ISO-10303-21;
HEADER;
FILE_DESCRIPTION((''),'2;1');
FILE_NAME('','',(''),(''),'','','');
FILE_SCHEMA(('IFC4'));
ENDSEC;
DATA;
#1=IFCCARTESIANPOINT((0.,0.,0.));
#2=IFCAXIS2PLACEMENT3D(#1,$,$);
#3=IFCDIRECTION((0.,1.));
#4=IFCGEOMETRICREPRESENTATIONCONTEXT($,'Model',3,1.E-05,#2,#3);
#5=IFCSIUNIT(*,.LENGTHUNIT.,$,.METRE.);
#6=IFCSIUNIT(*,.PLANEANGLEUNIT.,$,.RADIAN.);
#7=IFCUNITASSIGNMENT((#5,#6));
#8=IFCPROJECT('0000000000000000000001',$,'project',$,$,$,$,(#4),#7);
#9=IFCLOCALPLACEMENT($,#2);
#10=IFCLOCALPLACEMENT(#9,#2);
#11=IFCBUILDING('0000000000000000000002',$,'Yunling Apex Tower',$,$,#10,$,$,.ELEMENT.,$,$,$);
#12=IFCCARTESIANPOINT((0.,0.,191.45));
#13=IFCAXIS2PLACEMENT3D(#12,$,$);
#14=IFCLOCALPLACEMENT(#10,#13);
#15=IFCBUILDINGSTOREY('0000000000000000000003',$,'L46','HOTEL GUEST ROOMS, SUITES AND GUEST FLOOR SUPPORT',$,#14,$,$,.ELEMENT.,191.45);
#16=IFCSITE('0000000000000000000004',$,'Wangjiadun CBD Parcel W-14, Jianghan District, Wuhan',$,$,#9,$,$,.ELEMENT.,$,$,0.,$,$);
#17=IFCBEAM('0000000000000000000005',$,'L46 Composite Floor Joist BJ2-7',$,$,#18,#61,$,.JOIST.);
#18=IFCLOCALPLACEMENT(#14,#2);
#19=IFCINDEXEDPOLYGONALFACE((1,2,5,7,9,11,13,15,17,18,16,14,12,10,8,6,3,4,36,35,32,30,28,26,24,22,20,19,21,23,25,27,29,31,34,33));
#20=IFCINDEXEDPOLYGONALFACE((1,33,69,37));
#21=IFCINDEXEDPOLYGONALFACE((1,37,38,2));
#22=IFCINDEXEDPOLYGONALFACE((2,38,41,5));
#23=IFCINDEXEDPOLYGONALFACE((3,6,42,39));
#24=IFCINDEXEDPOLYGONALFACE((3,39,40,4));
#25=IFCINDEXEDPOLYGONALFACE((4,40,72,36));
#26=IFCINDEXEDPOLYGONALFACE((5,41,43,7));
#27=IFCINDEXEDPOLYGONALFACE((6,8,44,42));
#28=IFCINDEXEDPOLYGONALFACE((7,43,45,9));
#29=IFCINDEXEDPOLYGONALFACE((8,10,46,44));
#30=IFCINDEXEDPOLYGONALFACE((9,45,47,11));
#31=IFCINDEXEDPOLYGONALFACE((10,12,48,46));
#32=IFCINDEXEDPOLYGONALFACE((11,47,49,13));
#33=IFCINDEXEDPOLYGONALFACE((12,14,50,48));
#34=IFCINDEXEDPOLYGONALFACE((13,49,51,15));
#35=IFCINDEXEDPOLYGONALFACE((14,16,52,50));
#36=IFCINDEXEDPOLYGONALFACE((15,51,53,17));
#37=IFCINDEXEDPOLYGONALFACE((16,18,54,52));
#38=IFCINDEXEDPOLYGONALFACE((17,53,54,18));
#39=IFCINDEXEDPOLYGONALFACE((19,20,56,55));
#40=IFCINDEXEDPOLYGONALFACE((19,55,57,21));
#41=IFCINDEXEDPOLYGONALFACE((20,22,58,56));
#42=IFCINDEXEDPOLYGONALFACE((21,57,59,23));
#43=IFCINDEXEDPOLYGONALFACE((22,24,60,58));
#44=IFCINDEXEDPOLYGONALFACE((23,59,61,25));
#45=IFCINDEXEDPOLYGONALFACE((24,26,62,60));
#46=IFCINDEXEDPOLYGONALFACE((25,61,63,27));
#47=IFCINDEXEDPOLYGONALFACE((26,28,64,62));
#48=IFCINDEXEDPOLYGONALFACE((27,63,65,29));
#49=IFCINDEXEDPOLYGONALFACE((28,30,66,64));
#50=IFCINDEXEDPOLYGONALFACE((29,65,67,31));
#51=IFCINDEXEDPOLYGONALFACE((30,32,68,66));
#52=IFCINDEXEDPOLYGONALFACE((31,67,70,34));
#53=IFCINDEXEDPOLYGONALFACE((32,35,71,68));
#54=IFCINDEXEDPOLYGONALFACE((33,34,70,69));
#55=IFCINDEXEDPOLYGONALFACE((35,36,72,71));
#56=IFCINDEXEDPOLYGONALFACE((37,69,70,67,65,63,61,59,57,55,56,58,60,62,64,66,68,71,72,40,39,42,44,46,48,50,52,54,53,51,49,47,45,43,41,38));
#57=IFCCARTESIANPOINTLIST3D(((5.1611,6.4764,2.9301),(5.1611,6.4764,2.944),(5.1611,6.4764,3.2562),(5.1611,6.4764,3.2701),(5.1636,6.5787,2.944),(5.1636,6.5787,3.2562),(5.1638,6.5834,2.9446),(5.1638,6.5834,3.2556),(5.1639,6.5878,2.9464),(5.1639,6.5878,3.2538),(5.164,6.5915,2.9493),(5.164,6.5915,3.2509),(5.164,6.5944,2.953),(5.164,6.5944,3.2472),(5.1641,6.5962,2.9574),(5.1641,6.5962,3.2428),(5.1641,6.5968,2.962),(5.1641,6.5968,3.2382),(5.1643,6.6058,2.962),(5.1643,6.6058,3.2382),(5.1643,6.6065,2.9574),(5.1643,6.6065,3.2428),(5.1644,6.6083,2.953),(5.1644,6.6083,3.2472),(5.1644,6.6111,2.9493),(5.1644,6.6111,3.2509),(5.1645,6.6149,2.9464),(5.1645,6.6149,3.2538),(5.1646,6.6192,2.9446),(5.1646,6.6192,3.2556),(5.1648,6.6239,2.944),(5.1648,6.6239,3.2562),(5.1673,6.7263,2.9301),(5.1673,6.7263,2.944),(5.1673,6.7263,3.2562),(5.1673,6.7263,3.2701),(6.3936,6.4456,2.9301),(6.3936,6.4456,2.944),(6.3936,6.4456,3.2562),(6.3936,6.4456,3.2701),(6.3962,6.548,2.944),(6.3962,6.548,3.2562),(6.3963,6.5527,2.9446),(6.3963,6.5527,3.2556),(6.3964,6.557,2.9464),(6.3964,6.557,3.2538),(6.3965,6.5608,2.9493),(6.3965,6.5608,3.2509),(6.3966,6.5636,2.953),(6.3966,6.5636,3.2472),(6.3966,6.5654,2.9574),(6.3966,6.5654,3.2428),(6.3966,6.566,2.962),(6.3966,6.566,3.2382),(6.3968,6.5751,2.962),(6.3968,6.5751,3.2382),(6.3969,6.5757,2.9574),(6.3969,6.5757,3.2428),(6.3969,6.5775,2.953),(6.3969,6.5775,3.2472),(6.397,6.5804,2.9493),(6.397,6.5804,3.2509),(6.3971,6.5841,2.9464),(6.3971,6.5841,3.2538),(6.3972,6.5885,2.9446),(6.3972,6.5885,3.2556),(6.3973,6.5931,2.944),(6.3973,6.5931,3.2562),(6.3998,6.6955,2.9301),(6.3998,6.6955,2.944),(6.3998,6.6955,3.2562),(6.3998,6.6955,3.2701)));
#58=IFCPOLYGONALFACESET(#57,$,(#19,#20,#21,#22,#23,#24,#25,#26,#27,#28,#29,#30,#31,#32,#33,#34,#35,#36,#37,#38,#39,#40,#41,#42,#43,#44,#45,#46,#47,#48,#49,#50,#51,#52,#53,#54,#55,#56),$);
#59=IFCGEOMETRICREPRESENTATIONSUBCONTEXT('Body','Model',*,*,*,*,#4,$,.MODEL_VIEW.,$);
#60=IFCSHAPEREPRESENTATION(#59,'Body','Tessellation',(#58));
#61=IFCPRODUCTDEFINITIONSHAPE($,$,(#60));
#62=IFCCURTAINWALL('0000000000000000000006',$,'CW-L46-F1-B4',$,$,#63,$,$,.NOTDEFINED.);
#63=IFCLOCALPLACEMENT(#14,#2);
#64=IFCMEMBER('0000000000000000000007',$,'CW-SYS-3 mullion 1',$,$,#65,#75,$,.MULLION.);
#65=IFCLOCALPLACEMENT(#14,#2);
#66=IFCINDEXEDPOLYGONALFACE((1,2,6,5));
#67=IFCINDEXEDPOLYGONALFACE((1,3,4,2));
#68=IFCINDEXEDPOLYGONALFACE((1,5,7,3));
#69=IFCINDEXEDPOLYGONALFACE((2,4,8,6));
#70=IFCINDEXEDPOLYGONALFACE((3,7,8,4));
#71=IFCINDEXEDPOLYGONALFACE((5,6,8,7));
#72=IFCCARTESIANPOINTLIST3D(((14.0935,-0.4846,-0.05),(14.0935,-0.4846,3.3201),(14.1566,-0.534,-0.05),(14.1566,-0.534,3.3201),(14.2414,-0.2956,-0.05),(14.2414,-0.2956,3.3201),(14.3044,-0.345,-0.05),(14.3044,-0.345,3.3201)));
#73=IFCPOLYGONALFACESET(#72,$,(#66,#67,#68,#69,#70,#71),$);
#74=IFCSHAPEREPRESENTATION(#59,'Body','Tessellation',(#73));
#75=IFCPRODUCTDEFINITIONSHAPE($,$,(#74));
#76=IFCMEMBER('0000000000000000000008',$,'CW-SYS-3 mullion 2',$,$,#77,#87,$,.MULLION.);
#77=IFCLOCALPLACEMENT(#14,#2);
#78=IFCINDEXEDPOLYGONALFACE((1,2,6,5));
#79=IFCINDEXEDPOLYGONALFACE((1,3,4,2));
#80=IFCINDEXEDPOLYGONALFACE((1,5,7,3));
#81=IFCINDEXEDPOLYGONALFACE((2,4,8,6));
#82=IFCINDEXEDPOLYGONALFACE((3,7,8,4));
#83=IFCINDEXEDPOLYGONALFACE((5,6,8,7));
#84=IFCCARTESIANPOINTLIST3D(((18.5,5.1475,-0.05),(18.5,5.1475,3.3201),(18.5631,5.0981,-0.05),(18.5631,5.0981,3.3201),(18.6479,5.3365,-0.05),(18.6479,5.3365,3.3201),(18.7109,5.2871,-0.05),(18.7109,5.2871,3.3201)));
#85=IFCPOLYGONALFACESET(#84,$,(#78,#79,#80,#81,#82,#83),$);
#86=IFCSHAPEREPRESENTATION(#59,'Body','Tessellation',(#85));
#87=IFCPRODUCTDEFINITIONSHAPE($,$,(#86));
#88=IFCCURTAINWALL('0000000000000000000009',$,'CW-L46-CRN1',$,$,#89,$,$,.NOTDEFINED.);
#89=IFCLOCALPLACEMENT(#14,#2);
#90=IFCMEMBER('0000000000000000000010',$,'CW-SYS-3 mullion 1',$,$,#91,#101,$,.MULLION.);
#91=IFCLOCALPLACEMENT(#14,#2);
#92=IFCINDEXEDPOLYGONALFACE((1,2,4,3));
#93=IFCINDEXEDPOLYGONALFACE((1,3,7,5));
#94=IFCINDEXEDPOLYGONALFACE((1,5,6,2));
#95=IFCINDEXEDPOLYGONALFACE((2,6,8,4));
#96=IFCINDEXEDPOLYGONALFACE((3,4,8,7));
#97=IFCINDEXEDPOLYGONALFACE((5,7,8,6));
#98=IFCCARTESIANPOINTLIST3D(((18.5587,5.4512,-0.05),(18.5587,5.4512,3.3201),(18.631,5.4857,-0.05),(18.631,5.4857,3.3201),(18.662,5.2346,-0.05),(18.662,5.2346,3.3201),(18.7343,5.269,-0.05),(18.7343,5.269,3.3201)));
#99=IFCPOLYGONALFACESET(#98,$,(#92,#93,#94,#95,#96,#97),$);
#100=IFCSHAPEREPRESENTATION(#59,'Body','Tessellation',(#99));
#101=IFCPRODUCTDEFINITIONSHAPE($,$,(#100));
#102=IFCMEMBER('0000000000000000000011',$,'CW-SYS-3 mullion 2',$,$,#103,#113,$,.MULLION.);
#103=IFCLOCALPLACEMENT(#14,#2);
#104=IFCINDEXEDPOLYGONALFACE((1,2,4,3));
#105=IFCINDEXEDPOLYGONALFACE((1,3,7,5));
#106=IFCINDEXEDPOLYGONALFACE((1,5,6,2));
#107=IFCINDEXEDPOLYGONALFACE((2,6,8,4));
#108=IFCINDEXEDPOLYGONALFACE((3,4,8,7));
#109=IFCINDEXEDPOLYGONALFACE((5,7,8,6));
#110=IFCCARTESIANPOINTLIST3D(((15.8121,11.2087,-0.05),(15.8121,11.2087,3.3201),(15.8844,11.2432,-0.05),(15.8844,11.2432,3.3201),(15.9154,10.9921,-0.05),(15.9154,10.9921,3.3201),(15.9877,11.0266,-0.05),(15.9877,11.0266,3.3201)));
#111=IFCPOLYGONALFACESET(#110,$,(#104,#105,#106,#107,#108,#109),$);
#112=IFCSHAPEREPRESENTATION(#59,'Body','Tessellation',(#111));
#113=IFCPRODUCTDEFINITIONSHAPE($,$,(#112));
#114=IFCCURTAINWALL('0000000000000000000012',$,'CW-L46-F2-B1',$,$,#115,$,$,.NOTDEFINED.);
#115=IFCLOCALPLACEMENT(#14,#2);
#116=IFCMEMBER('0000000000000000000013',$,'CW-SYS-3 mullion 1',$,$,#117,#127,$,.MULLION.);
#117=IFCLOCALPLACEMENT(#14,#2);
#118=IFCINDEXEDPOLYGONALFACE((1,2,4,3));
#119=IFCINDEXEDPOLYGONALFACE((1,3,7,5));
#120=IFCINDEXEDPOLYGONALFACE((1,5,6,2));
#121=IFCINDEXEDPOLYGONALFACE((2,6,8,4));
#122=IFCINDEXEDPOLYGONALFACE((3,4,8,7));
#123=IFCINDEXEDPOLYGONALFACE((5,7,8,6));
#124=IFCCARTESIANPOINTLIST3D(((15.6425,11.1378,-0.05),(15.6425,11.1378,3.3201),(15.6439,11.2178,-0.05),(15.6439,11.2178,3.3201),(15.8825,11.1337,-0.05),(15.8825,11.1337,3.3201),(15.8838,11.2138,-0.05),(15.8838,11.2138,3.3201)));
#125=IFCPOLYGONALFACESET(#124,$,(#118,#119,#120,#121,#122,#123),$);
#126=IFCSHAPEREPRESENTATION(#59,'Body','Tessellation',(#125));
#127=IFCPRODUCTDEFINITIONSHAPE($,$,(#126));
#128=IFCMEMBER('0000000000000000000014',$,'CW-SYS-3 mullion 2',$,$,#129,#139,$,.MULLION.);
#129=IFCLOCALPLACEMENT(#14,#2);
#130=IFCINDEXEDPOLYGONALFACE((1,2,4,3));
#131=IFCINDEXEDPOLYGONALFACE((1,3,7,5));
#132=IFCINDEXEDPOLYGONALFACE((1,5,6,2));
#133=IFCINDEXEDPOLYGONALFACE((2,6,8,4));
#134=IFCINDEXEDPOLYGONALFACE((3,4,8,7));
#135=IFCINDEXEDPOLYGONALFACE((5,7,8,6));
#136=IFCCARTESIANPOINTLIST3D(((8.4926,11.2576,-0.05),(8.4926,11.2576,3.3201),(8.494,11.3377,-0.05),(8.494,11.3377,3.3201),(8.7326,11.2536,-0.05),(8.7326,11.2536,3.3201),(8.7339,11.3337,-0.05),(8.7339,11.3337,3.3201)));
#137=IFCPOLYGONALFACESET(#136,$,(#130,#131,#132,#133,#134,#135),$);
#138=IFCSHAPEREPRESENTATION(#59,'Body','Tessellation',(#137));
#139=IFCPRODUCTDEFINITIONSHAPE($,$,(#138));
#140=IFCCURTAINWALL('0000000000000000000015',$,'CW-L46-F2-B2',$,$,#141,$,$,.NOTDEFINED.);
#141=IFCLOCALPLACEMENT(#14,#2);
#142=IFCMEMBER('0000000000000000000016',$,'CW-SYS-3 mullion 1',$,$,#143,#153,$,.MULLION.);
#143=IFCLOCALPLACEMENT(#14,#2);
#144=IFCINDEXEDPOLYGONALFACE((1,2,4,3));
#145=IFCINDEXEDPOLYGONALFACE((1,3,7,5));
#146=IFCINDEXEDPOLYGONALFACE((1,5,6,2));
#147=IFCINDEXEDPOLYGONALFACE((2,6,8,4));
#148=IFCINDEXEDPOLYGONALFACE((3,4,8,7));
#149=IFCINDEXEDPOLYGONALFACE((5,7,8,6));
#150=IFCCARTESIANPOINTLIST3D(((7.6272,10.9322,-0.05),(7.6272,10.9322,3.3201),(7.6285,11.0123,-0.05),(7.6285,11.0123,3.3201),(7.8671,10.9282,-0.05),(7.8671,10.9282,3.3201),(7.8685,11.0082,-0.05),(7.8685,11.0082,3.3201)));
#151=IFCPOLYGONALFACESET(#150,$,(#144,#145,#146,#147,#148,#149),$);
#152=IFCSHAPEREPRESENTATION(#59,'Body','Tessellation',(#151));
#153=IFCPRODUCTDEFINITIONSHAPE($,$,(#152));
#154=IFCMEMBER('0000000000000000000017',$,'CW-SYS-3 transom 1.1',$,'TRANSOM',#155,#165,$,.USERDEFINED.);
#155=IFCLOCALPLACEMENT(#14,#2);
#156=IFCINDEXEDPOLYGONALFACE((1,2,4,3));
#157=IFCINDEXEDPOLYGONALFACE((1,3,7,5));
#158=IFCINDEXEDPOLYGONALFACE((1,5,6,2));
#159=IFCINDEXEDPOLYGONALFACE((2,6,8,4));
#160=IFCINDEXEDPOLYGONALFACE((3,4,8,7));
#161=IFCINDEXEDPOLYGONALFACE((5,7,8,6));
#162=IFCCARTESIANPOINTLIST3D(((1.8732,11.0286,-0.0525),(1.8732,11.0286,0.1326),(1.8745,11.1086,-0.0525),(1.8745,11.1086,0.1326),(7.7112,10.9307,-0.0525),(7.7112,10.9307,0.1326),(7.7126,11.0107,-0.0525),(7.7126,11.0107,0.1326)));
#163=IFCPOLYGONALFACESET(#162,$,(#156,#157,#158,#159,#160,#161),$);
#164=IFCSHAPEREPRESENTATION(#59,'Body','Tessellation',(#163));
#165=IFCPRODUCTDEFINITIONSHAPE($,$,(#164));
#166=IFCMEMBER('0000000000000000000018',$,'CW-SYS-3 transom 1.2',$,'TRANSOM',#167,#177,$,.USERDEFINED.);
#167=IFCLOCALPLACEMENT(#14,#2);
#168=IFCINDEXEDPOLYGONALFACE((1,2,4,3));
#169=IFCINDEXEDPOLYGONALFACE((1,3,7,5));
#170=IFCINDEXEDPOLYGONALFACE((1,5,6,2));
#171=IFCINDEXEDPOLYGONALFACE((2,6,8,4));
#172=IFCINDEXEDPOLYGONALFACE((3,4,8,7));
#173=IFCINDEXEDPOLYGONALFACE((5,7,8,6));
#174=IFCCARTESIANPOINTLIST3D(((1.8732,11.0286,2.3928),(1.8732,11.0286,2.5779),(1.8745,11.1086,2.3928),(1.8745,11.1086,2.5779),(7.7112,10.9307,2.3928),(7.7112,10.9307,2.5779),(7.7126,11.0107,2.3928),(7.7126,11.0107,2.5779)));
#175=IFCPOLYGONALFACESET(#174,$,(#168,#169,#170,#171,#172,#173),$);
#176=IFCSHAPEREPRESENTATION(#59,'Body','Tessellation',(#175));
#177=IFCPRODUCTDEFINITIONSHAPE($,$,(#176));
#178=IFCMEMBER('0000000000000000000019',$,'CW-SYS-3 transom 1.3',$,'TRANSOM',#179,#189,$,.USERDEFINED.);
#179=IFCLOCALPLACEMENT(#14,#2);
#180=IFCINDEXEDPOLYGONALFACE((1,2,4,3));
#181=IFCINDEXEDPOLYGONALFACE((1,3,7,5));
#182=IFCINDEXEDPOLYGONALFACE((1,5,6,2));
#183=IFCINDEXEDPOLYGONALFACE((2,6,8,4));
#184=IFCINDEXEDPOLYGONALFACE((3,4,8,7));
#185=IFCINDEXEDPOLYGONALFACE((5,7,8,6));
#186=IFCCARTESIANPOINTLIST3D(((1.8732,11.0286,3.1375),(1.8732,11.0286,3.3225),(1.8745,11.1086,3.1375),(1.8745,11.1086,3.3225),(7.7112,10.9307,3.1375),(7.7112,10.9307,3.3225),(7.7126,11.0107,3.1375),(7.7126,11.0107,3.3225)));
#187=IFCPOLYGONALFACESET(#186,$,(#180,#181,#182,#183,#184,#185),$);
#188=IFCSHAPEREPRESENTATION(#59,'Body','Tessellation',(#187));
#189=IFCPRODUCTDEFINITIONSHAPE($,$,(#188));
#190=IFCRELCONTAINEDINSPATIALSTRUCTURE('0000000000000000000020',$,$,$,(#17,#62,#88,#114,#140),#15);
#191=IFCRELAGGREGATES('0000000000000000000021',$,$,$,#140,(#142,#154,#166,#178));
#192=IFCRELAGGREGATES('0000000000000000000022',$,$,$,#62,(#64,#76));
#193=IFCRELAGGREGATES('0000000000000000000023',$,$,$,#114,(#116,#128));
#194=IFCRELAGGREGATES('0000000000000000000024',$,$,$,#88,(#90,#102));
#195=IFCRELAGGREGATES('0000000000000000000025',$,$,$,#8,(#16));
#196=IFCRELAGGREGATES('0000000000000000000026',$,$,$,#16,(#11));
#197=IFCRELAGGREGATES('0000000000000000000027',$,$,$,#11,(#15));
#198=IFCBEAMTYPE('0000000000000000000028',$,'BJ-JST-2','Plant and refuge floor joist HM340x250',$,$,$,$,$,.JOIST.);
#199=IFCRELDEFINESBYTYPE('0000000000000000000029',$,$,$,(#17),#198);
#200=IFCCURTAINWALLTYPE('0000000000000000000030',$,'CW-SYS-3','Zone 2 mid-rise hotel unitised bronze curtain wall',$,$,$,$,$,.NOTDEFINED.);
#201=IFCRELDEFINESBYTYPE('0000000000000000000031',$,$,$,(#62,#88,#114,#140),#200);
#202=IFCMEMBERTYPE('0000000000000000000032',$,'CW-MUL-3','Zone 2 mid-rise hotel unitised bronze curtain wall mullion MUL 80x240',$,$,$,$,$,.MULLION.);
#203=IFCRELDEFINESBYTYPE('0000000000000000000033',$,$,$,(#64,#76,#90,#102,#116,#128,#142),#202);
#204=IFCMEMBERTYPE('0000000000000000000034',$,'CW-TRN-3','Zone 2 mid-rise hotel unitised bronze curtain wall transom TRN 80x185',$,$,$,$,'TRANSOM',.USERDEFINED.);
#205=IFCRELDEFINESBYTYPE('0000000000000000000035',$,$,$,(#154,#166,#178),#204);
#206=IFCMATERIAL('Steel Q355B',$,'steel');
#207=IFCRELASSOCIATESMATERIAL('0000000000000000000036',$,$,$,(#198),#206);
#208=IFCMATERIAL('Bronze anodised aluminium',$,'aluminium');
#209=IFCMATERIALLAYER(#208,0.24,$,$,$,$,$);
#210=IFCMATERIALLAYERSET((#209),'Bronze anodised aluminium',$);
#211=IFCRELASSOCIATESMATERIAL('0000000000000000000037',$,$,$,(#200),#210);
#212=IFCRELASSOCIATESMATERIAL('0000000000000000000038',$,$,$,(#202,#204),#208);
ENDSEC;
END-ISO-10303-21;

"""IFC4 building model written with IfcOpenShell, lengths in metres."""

from ifc_helpers import new_model, si_unit, direction, frame, origin, origin_2d, place, context, subcontext, project, spatial, rectangle, i_section, extrude, source, transform, mapped, material, layer, layer_set, material_profile, profile_set, type_object, element, aggregate, save


model = new_model("IFC4")

# Units and contexts
model_context = context("Model", 3, precision=1e-05, world=origin(), true_north=direction((0.0, 1.0)))
body_context = subcontext(model_context, "Body", "Model", "MODEL_VIEW")
ifc_project = project(units=[si_unit("LENGTHUNIT", "METRE"), si_unit("PLANEANGLEUNIT", "RADIAN")], contexts=[model_context])

# Site, building, storey
site_placement = place(None, origin())
site = spatial("IfcSite", under=ifc_project, at=site_placement, Name="Wangjiadun CBD Parcel W-14, Jianghan District, Wuhan", CompositionType="ELEMENT", RefElevation=0.0)
building_placement = place(site_placement, origin())
building = spatial("IfcBuilding", under=site, at=building_placement, Name="Yunling Apex Tower", CompositionType="ELEMENT")
storey_placement = place(building_placement, frame((0.0, 0.0, 191.45)))
storey = spatial("IfcBuildingStorey", under=building, at=storey_placement, Name="L46", Description="HOTEL GUEST ROOMS, SUITES AND GUEST FLOOR SUPPORT", CompositionType="ELEMENT", Elevation=191.45)

# Beam
ifc_material_1 = material(Name="Steel Q355B", Category="steel")
ifc_material_profile_1 = material_profile(ifc_material_1, i_section(OverallWidth=0.25, OverallDepth=0.3401, WebThickness=0.009, FlangeThickness=0.0139, FilletRadius=0.0181, at=origin_2d()))
ifc_profile_set_1 = profile_set([ifc_material_profile_1], Name="Steel Q355B")
beam_type_1 = type_object("IfcBeamType", Name="BJ-JST-2", Description="Plant and refuge floor joist HM340x250", PredefinedType="JOIST", material=ifc_profile_set_1)
shared_shape_1 = source(origin(), body_context, "Body", "SweptSolid", [
    extrude(i_section(OverallWidth=0.25, OverallDepth=0.3401, WebThickness=0.009, FlangeThickness=0.0139, FilletRadius=0.0181, at=origin_2d()), origin(), (0.0, 0.0, 1.0), 1.2329),
])
beam_1_placement = place(storey_placement, frame((6.3967, 6.5706, 3.1001), z_axis=(-0.999689, 0.024953, 0.0), x_axis=(-0.024953, -0.999689, 0.0)))
element("IfcBeam", 1, at=beam_1_placement, inside=storey, type_object=beam_type_1, Name="L46 Composite Floor Joist BJ2-7", PredefinedType="JOIST", context=body_context, shape_type="MappedRepresentation", body=[
    mapped(shared_shape_1, transform((0.0, 0.0, 0.0), scale=1.0)),
])

# Curtain walls, members
ifc_material_2 = material(Name="Bronze anodised aluminium", Category="aluminium")
ifc_layer_1 = layer(ifc_material_2, 0.24)
ifc_layer_set_1 = layer_set([ifc_layer_1], Name="Bronze anodised aluminium")
curtain_wall_type = type_object("IfcCurtainWallType", Name="CW-SYS-3", Description="Zone 2 mid-rise hotel unitised bronze curtain wall", PredefinedType="NOTDEFINED", material=ifc_layer_set_1)
curtain_wall_1_placement = place(storey_placement, origin())
curtain_wall_1 = element("IfcCurtainWall", 2, at=curtain_wall_1_placement, inside=storey, type_object=curtain_wall_type, Name="CW-L46-F1-B4", PredefinedType="NOTDEFINED")
ifc_material_profile_2 = material_profile(ifc_material_2, rectangle(XDim=0.0801, YDim=0.24, at=origin_2d()))
ifc_profile_set_2 = profile_set([ifc_material_profile_2], Name="Bronze anodised aluminium")
member_type_1 = type_object("IfcMemberType", Name="CW-MUL-3", Description="Zone 2 mid-rise hotel unitised bronze curtain wall mullion MUL 80x240", PredefinedType="MULLION", material=ifc_profile_set_2)
shared_shape_2 = source(origin(), body_context, "Body", "SweptSolid", [
    extrude(rectangle(XDim=0.0801, YDim=0.24, at=origin_2d()), origin(), (0.0, 0.0, 1.0), 3.3701),
])
member_1_placement = place(storey_placement, frame((14.199, -0.4148, -0.05), z_axis=(0.0, 0.0, 1.0), x_axis=(-0.787589, 0.6162, 0.0)))
member_1 = element("IfcMember", 3, at=member_1_placement, type_object=member_type_1, Name="CW-SYS-3 mullion 1", PredefinedType="MULLION", context=body_context, shape_type="MappedRepresentation", body=[
    mapped(shared_shape_2, transform((0.0, 0.0, 0.0), scale=1.0)),
])
member_2_placement = place(storey_placement, frame((18.6055, 5.2173, -0.05), z_axis=(0.0, 0.0, 1.0), x_axis=(-0.787589, 0.6162, 0.0)))
member_2 = element("IfcMember", 4, at=member_2_placement, type_object=member_type_1, Name="CW-SYS-3 mullion 2", PredefinedType="MULLION", context=body_context, shape_type="MappedRepresentation", body=[
    mapped(shared_shape_2, transform((0.0, 0.0, 0.0), scale=1.0)),
])
curtain_wall_2_placement = place(storey_placement, origin())
curtain_wall_2 = element("IfcCurtainWall", 5, at=curtain_wall_2_placement, inside=storey, type_object=curtain_wall_type, Name="CW-L46-CRN1", PredefinedType="NOTDEFINED")
member_3_placement = place(storey_placement, frame((18.6465, 5.3601, -0.05), z_axis=(0.0, 0.0, 1.0), x_axis=(-0.902578, -0.430527, 0.0)))
member_3 = element("IfcMember", 6, at=member_3_placement, type_object=member_type_1, Name="CW-SYS-3 mullion 1", PredefinedType="MULLION", context=body_context, shape_type="MappedRepresentation", body=[
    mapped(shared_shape_2, transform((0.0, 0.0, 0.0), scale=1.0)),
])
member_4_placement = place(storey_placement, frame((15.8999, 11.1177, -0.05), z_axis=(0.0, 0.0, 1.0), x_axis=(-0.902578, -0.430527, 0.0)))
member_4 = element("IfcMember", 7, at=member_4_placement, type_object=member_type_1, Name="CW-SYS-3 mullion 2", PredefinedType="MULLION", context=body_context, shape_type="MappedRepresentation", body=[
    mapped(shared_shape_2, transform((0.0, 0.0, 0.0), scale=1.0)),
])
curtain_wall_3_placement = place(storey_placement, origin())
curtain_wall_3 = element("IfcCurtainWall", 8, at=curtain_wall_3_placement, inside=storey, type_object=curtain_wall_type, Name="CW-L46-F2-B1", PredefinedType="NOTDEFINED")
member_5_placement = place(storey_placement, frame((15.7632, 11.1758, -0.05), z_axis=(0.0, 0.0, 1.0), x_axis=(-0.016761, -0.99986, 0.0)))
member_5 = element("IfcMember", 9, at=member_5_placement, type_object=member_type_1, Name="CW-SYS-3 mullion 1", PredefinedType="MULLION", context=body_context, shape_type="MappedRepresentation", body=[
    mapped(shared_shape_2, transform((0.0, 0.0, 0.0), scale=1.0)),
])
member_6_placement = place(storey_placement, frame((8.6133, 11.2957, -0.05), z_axis=(0.0, 0.0, 1.0), x_axis=(-0.016761, -0.99986, 0.0)))
member_6 = element("IfcMember", 10, at=member_6_placement, type_object=member_type_1, Name="CW-SYS-3 mullion 2", PredefinedType="MULLION", context=body_context, shape_type="MappedRepresentation", body=[
    mapped(shared_shape_2, transform((0.0, 0.0, 0.0), scale=1.0)),
])
curtain_wall_4_placement = place(storey_placement, origin())
curtain_wall_4 = element("IfcCurtainWall", 11, at=curtain_wall_4_placement, inside=storey, type_object=curtain_wall_type, Name="CW-L46-F2-B2", PredefinedType="NOTDEFINED")
member_7_placement = place(storey_placement, frame((7.7478, 10.9702, -0.05), z_axis=(0.0, 0.0, 1.0), x_axis=(-0.016759, -0.99986, 0.0)))
member_7 = element("IfcMember", 12, at=member_7_placement, type_object=member_type_1, Name="CW-SYS-3 mullion 1", PredefinedType="MULLION", context=body_context, shape_type="MappedRepresentation", body=[
    mapped(shared_shape_2, transform((0.0, 0.0, 0.0), scale=1.0)),
])
ifc_material_profile_3 = material_profile(ifc_material_2, rectangle(XDim=0.0801, YDim=0.1851, at=origin_2d()))
ifc_profile_set_3 = profile_set([ifc_material_profile_3], Name="Bronze anodised aluminium")
member_type_2 = type_object("IfcMemberType", Name="CW-TRN-3", Description="Zone 2 mid-rise hotel unitised bronze curtain wall transom TRN 80x185", ElementType="TRANSOM", PredefinedType="USERDEFINED", material=ifc_profile_set_3)
shared_shape_3 = source(origin(), body_context, "Body", "SweptSolid", [
    extrude(rectangle(XDim=0.0801, YDim=0.1851, at=origin_2d()), origin(), (0.0, 0.0, 1.0), 5.8389),
])
member_8_placement = place(storey_placement, frame((7.7119, 10.9707, 0.04), z_axis=(-0.999859, 0.016767, 0.0), x_axis=(-0.016767, -0.999859, 0.0)))
member_8 = element("IfcMember", 13, at=member_8_placement, type_object=member_type_2, Name="CW-SYS-3 transom 1.1", ObjectType="TRANSOM", PredefinedType="USERDEFINED", context=body_context, shape_type="MappedRepresentation", body=[
    mapped(shared_shape_3, transform((0.0, 0.0, 0.0), scale=1.0)),
])
member_9_placement = place(storey_placement, frame((7.7119, 10.9707, 2.4854), z_axis=(-0.999859, 0.016767, 0.0), x_axis=(-0.016767, -0.999859, 0.0)))
member_9 = element("IfcMember", 14, at=member_9_placement, type_object=member_type_2, Name="CW-SYS-3 transom 1.2", ObjectType="TRANSOM", PredefinedType="USERDEFINED", context=body_context, shape_type="MappedRepresentation", body=[
    mapped(shared_shape_3, transform((0.0, 0.0, 0.0), scale=1.0)),
])
member_10_placement = place(storey_placement, frame((7.7119, 10.9707, 3.23), z_axis=(-0.999859, 0.016767, 0.0), x_axis=(-0.016767, -0.999859, 0.0)))
member_10 = element("IfcMember", 15, at=member_10_placement, type_object=member_type_2, Name="CW-SYS-3 transom 1.3", ObjectType="TRANSOM", PredefinedType="USERDEFINED", context=body_context, shape_type="MappedRepresentation", body=[
    mapped(shared_shape_3, transform((0.0, 0.0, 0.0), scale=1.0)),
])
aggregate(curtain_wall_4, [member_7, member_8, member_9, member_10])

aggregate(curtain_wall_1, [member_1, member_2])
aggregate(curtain_wall_3, [member_5, member_6])
aggregate(curtain_wall_2, [member_3, member_4])

save(model, "model.ifc")
